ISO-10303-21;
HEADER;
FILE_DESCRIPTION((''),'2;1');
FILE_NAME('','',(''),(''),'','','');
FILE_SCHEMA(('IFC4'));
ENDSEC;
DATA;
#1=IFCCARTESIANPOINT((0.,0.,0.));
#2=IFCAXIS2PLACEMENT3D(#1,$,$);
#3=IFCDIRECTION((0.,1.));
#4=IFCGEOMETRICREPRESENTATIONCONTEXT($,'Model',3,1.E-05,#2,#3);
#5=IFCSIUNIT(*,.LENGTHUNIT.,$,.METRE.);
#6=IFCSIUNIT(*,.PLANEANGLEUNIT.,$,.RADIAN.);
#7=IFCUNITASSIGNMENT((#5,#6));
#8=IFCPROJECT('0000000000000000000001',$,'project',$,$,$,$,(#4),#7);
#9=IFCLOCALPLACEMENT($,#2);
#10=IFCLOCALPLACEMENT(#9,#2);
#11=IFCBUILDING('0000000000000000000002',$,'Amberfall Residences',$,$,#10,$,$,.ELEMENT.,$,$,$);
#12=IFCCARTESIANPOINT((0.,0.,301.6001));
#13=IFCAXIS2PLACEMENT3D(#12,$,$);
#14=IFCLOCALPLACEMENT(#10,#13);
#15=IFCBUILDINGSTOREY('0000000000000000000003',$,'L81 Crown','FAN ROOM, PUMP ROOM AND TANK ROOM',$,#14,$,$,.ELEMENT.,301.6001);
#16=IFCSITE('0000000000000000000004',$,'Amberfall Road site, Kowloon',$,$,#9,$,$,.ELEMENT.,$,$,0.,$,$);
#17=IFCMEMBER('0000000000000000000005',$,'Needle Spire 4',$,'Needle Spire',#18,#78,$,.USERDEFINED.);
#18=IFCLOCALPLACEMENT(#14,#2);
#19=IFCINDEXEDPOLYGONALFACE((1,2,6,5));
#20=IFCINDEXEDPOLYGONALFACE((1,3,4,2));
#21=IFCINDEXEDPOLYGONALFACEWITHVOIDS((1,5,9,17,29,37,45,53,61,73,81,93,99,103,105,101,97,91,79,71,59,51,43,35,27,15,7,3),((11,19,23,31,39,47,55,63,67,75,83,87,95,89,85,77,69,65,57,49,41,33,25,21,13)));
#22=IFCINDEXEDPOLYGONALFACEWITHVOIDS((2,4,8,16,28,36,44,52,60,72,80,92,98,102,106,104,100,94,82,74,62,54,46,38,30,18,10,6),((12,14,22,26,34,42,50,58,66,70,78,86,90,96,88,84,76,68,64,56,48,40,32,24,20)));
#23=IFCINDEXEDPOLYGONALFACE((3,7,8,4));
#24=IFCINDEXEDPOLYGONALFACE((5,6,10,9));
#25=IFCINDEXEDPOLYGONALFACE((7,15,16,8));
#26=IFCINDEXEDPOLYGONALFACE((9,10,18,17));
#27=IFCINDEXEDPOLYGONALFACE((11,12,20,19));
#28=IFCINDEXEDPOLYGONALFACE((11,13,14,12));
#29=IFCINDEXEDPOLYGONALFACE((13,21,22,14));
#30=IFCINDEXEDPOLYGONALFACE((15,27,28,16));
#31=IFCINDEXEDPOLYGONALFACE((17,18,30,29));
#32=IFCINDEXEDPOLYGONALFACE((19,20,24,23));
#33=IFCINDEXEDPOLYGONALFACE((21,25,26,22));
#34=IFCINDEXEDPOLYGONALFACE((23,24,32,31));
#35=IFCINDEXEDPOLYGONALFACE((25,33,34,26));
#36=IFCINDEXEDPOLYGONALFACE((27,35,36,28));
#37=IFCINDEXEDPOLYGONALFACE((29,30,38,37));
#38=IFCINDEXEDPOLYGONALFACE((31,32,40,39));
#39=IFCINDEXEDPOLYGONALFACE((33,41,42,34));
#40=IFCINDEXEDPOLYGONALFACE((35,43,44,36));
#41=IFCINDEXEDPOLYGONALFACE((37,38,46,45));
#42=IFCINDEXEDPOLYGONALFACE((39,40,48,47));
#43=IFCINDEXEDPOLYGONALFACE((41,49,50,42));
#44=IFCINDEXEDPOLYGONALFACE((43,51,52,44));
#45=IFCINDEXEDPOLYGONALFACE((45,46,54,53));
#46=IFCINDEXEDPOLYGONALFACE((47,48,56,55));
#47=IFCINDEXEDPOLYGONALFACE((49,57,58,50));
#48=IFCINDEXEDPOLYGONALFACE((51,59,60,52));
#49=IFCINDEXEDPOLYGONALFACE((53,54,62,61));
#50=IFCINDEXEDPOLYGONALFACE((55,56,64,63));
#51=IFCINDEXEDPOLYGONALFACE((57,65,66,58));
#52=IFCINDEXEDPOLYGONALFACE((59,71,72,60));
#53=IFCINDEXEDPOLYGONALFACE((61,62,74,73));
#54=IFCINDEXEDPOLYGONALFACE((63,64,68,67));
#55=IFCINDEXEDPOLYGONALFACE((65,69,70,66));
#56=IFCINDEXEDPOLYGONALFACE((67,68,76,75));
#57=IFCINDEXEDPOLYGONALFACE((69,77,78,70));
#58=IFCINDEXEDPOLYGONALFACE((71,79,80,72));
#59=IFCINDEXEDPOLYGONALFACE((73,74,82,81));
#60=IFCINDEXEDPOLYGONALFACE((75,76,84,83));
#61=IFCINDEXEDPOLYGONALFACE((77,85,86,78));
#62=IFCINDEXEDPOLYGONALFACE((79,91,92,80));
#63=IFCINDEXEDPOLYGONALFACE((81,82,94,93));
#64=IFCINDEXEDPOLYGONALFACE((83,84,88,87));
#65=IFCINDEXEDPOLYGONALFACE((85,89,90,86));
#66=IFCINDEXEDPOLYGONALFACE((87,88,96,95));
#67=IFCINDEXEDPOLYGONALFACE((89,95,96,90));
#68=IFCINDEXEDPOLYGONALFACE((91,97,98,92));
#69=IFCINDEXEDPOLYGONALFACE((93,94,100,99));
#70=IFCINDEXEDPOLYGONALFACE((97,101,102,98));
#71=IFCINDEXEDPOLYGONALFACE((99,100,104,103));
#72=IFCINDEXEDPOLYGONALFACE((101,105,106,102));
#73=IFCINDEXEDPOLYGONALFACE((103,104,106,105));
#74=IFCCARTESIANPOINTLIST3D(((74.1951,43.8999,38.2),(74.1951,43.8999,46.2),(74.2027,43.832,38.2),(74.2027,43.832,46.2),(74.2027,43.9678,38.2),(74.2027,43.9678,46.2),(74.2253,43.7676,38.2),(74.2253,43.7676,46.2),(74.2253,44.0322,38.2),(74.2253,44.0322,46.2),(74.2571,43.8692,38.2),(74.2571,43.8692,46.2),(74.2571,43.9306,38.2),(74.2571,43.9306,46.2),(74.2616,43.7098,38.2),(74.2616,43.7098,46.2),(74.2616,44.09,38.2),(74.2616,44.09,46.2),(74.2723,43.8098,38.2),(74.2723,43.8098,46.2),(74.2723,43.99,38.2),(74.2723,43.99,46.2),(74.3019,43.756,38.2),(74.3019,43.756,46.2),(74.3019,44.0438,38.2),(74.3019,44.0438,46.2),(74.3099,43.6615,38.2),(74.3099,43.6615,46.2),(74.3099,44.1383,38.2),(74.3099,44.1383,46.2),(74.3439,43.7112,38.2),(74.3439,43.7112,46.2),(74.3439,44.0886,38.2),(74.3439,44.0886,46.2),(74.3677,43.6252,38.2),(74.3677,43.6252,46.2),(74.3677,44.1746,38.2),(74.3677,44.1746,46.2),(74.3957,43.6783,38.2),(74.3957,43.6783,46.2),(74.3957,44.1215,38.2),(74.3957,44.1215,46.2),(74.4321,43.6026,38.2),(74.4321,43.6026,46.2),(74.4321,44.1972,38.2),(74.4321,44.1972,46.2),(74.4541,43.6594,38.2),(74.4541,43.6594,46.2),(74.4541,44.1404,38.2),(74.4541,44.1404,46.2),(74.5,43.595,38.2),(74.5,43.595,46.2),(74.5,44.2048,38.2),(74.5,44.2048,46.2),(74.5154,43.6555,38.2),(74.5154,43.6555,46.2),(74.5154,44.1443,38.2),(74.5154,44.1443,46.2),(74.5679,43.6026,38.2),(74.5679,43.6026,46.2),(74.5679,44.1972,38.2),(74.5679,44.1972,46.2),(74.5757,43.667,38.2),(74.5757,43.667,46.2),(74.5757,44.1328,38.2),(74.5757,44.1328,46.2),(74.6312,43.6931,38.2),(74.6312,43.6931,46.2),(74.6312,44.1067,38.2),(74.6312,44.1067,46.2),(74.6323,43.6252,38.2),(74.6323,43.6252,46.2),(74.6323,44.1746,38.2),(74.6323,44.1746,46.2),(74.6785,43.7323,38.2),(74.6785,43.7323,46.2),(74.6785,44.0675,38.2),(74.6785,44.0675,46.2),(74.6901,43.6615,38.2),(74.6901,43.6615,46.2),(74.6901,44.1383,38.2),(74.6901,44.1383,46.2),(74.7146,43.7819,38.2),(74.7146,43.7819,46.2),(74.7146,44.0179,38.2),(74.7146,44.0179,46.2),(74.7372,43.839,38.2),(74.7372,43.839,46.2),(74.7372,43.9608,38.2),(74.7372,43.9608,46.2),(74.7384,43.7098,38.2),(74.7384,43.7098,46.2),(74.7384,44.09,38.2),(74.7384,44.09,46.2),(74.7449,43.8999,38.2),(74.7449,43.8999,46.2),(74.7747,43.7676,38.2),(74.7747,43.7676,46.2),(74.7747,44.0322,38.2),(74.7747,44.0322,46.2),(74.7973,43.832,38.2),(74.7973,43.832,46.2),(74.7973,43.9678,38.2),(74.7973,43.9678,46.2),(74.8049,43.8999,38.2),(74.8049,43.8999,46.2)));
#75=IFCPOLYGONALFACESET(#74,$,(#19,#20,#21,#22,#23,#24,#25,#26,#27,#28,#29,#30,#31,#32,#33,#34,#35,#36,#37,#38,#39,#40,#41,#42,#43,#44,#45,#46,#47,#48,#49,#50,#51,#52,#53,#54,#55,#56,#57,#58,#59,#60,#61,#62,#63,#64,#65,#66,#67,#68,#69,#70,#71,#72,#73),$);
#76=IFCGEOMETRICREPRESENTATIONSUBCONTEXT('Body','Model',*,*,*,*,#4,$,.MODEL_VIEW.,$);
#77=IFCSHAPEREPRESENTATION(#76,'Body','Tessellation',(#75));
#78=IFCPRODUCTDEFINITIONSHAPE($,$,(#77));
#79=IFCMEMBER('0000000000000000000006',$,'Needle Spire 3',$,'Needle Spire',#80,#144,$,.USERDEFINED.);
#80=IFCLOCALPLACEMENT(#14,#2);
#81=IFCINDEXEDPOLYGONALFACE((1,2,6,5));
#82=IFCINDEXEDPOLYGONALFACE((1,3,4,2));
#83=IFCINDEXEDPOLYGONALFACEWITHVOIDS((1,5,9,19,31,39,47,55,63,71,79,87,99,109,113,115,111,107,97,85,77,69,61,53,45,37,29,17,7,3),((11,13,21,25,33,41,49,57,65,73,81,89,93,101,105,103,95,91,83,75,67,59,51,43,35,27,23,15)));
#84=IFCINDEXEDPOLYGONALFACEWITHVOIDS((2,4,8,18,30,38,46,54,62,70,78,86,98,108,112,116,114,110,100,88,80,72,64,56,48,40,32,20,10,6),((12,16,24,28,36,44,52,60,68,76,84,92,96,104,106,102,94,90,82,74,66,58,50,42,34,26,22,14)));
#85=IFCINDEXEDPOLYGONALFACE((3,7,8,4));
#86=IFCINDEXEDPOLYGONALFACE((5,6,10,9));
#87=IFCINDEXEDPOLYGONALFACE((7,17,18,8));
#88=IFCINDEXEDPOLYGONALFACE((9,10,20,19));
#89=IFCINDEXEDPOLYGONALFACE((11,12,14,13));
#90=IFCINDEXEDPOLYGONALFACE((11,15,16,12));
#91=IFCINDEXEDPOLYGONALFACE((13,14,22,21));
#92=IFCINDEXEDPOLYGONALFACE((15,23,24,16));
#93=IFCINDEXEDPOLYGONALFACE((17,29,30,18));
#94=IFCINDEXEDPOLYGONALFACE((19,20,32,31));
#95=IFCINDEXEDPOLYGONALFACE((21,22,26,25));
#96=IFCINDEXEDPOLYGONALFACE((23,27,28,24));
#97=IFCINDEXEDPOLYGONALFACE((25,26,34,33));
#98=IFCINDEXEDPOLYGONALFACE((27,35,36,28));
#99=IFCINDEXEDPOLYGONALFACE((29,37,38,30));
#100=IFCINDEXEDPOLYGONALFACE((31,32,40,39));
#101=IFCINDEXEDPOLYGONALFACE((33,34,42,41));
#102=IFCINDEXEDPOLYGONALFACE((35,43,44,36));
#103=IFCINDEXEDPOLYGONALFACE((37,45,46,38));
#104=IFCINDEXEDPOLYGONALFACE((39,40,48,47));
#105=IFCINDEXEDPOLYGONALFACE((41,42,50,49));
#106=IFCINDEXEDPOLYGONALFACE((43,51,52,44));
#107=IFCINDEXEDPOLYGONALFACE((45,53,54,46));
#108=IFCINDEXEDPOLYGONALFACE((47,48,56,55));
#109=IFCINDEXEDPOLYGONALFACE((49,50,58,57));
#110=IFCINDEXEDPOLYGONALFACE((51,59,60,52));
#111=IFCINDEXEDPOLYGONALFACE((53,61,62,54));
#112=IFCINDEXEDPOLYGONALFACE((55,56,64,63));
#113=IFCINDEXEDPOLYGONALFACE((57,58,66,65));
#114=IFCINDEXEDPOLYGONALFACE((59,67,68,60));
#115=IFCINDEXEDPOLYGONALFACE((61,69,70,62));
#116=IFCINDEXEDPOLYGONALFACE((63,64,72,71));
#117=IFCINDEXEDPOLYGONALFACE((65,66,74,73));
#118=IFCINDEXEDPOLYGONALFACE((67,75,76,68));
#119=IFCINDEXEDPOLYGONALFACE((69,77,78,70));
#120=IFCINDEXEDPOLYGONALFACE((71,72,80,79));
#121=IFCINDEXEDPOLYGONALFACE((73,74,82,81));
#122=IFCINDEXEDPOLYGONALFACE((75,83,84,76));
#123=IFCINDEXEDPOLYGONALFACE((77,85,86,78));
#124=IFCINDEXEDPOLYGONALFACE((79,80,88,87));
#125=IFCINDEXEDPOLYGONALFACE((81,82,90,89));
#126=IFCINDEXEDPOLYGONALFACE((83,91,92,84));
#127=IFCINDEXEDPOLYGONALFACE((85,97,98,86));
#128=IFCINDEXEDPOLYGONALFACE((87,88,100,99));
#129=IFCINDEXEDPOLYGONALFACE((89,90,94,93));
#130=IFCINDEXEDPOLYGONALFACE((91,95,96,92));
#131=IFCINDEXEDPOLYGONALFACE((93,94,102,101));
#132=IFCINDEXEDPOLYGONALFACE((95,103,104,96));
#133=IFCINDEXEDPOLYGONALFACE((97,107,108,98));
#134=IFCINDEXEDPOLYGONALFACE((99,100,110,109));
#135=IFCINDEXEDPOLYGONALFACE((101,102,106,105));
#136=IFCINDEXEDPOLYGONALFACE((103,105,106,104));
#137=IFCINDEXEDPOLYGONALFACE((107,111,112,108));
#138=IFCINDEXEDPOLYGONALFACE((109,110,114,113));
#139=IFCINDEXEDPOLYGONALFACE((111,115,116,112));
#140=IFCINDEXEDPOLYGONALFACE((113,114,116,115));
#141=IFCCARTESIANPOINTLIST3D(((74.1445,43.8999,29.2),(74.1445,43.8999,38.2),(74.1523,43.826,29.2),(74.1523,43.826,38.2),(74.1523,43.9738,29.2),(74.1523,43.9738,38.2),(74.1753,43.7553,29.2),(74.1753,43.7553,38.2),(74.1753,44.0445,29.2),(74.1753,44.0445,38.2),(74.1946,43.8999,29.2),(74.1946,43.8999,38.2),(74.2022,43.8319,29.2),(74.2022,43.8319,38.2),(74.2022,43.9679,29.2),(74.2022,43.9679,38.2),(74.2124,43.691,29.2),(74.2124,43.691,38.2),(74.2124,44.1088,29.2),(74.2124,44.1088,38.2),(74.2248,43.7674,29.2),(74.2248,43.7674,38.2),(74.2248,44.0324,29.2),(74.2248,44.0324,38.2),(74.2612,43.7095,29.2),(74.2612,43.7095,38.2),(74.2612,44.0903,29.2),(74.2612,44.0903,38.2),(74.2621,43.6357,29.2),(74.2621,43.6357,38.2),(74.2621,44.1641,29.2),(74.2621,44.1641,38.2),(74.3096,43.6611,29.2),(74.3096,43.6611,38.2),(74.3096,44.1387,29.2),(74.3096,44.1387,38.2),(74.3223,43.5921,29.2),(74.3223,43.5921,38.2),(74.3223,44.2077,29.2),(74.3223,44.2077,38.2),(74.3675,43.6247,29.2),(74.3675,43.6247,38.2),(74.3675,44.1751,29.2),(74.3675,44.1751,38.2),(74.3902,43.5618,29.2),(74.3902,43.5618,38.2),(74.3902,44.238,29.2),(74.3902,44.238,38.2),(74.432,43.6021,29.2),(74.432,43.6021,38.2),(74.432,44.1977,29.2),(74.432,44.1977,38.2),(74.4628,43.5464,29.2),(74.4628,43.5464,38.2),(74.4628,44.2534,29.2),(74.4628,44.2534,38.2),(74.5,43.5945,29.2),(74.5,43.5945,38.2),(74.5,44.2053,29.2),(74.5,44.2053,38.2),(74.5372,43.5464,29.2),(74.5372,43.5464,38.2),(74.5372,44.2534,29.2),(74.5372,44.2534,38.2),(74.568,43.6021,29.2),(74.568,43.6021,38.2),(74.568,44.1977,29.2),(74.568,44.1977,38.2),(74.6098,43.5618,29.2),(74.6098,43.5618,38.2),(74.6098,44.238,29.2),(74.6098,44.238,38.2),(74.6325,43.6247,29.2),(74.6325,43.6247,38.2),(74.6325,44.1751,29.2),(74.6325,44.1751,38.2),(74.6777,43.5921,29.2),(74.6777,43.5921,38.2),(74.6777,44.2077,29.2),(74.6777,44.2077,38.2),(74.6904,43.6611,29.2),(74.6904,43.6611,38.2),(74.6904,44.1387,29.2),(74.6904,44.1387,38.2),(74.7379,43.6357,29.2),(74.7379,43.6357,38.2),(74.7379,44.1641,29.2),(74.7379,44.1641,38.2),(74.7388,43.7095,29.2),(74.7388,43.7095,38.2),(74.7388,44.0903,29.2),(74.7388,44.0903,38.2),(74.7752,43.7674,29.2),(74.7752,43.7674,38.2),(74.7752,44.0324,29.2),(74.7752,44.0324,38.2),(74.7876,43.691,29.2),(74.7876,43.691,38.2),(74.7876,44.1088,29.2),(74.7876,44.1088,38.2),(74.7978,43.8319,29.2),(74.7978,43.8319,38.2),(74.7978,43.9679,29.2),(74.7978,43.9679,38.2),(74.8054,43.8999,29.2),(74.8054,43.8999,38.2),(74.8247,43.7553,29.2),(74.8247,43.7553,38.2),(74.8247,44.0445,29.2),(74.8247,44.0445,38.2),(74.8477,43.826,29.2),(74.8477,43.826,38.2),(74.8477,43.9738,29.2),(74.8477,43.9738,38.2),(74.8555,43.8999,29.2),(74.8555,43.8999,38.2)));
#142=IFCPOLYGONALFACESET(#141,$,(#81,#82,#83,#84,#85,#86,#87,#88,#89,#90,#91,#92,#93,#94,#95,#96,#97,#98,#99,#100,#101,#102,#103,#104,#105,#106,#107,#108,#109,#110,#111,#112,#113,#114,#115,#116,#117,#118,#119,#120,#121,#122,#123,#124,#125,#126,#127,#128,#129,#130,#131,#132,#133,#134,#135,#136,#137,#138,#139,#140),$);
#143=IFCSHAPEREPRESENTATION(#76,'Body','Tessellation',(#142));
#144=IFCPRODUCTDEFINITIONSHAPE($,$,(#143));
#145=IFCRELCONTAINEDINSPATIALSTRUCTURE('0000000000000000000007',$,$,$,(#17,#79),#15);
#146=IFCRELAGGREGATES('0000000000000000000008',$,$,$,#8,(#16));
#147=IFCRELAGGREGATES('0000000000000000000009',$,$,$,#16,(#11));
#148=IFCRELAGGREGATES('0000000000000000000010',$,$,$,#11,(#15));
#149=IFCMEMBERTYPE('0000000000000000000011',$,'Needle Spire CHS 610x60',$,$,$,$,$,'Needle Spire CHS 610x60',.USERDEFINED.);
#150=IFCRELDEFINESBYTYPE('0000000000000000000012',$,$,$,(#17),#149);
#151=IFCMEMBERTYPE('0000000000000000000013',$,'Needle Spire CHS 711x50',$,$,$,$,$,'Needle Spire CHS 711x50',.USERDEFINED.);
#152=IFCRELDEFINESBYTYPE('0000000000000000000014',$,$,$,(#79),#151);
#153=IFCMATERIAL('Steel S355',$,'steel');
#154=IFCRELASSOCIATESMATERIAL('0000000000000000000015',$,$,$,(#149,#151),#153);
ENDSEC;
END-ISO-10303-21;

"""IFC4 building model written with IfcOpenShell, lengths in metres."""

from ifc_helpers import new_model, si_unit, direction, frame, origin, origin_2d, place, context, subcontext, project, spatial, hollow_circle, extrude, material, material_profile, profile_set, type_object, element, save


model = new_model("IFC4")

# Units and contexts
model_context = context("Model", 3, precision=1e-05, world=origin(), true_north=direction((0.0, 1.0)))
body_context = subcontext(model_context, "Body", "Model", "MODEL_VIEW")
ifc_project = project(units=[si_unit("LENGTHUNIT", "METRE"), si_unit("PLANEANGLEUNIT", "RADIAN")], contexts=[model_context])

# Site, building, storey
site_placement = place(None, origin())
site = spatial("IfcSite", under=ifc_project, at=site_placement, Name="Amberfall Road site, Kowloon", CompositionType="ELEMENT", RefElevation=0.0)
building_placement = place(site_placement, origin())
building = spatial("IfcBuilding", under=site, at=building_placement, Name="Amberfall Residences", CompositionType="ELEMENT")
storey_placement = place(building_placement, frame((0.0, 0.0, 301.6001)))
storey = spatial("IfcBuildingStorey", under=building, at=storey_placement, Name="L81 Crown", Description="FAN ROOM, PUMP ROOM AND TANK ROOM", CompositionType="ELEMENT", Elevation=301.6001)

# Members
ifc_material_1 = material(Name="Steel S355", Category="steel")
ifc_material_profile_1 = material_profile(ifc_material_1, hollow_circle(Radius=0.3049, WallThickness=0.0601, at=origin_2d()), Name="CHS 610x60")
ifc_profile_set_1 = profile_set([ifc_material_profile_1], Name="Steel S355")
member_type_1 = type_object("IfcMemberType", Name="Needle Spire CHS 610x60", ElementType="Needle Spire CHS 610x60", PredefinedType="USERDEFINED", material=ifc_profile_set_1)
member_1_placement = place(storey_placement, frame((74.5, 43.8999, 38.2), z_axis=(0.0, 0.0, 1.0), x_axis=(1.0, 0.0, 0.0)))
element("IfcMember", 1, at=member_1_placement, inside=storey, type_object=member_type_1, Name="Needle Spire 4", ObjectType="Needle Spire", PredefinedType="USERDEFINED", context=body_context, shape_type="SweptSolid", body=[
    extrude(hollow_circle(Radius=0.3049, WallThickness=0.0601, at=origin_2d()), origin(), (0.0, 0.0, 1.0), 8.0),
])
ifc_material_profile_2 = material_profile(ifc_material_1, hollow_circle(Radius=0.3555, WallThickness=0.05, at=origin_2d()), Name="CHS 711x50")
ifc_profile_set_2 = profile_set([ifc_material_profile_2], Name="Steel S355")
member_type_2 = type_object("IfcMemberType", Name="Needle Spire CHS 711x50", ElementType="Needle Spire CHS 711x50", PredefinedType="USERDEFINED", material=ifc_profile_set_2)
member_2_placement = place(storey_placement, frame((74.5, 43.8999, 29.2), z_axis=(0.0, 0.0, 1.0), x_axis=(1.0, 0.0, 0.0)))
element("IfcMember", 2, at=member_2_placement, inside=storey, type_object=member_type_2, Name="Needle Spire 3", ObjectType="Needle Spire", PredefinedType="USERDEFINED", context=body_context, shape_type="SweptSolid", body=[
    extrude(hollow_circle(Radius=0.3555, WallThickness=0.05, at=origin_2d()), origin(), (0.0, 0.0, 1.0), 9.0),
])

save(model, "model.ifc")
